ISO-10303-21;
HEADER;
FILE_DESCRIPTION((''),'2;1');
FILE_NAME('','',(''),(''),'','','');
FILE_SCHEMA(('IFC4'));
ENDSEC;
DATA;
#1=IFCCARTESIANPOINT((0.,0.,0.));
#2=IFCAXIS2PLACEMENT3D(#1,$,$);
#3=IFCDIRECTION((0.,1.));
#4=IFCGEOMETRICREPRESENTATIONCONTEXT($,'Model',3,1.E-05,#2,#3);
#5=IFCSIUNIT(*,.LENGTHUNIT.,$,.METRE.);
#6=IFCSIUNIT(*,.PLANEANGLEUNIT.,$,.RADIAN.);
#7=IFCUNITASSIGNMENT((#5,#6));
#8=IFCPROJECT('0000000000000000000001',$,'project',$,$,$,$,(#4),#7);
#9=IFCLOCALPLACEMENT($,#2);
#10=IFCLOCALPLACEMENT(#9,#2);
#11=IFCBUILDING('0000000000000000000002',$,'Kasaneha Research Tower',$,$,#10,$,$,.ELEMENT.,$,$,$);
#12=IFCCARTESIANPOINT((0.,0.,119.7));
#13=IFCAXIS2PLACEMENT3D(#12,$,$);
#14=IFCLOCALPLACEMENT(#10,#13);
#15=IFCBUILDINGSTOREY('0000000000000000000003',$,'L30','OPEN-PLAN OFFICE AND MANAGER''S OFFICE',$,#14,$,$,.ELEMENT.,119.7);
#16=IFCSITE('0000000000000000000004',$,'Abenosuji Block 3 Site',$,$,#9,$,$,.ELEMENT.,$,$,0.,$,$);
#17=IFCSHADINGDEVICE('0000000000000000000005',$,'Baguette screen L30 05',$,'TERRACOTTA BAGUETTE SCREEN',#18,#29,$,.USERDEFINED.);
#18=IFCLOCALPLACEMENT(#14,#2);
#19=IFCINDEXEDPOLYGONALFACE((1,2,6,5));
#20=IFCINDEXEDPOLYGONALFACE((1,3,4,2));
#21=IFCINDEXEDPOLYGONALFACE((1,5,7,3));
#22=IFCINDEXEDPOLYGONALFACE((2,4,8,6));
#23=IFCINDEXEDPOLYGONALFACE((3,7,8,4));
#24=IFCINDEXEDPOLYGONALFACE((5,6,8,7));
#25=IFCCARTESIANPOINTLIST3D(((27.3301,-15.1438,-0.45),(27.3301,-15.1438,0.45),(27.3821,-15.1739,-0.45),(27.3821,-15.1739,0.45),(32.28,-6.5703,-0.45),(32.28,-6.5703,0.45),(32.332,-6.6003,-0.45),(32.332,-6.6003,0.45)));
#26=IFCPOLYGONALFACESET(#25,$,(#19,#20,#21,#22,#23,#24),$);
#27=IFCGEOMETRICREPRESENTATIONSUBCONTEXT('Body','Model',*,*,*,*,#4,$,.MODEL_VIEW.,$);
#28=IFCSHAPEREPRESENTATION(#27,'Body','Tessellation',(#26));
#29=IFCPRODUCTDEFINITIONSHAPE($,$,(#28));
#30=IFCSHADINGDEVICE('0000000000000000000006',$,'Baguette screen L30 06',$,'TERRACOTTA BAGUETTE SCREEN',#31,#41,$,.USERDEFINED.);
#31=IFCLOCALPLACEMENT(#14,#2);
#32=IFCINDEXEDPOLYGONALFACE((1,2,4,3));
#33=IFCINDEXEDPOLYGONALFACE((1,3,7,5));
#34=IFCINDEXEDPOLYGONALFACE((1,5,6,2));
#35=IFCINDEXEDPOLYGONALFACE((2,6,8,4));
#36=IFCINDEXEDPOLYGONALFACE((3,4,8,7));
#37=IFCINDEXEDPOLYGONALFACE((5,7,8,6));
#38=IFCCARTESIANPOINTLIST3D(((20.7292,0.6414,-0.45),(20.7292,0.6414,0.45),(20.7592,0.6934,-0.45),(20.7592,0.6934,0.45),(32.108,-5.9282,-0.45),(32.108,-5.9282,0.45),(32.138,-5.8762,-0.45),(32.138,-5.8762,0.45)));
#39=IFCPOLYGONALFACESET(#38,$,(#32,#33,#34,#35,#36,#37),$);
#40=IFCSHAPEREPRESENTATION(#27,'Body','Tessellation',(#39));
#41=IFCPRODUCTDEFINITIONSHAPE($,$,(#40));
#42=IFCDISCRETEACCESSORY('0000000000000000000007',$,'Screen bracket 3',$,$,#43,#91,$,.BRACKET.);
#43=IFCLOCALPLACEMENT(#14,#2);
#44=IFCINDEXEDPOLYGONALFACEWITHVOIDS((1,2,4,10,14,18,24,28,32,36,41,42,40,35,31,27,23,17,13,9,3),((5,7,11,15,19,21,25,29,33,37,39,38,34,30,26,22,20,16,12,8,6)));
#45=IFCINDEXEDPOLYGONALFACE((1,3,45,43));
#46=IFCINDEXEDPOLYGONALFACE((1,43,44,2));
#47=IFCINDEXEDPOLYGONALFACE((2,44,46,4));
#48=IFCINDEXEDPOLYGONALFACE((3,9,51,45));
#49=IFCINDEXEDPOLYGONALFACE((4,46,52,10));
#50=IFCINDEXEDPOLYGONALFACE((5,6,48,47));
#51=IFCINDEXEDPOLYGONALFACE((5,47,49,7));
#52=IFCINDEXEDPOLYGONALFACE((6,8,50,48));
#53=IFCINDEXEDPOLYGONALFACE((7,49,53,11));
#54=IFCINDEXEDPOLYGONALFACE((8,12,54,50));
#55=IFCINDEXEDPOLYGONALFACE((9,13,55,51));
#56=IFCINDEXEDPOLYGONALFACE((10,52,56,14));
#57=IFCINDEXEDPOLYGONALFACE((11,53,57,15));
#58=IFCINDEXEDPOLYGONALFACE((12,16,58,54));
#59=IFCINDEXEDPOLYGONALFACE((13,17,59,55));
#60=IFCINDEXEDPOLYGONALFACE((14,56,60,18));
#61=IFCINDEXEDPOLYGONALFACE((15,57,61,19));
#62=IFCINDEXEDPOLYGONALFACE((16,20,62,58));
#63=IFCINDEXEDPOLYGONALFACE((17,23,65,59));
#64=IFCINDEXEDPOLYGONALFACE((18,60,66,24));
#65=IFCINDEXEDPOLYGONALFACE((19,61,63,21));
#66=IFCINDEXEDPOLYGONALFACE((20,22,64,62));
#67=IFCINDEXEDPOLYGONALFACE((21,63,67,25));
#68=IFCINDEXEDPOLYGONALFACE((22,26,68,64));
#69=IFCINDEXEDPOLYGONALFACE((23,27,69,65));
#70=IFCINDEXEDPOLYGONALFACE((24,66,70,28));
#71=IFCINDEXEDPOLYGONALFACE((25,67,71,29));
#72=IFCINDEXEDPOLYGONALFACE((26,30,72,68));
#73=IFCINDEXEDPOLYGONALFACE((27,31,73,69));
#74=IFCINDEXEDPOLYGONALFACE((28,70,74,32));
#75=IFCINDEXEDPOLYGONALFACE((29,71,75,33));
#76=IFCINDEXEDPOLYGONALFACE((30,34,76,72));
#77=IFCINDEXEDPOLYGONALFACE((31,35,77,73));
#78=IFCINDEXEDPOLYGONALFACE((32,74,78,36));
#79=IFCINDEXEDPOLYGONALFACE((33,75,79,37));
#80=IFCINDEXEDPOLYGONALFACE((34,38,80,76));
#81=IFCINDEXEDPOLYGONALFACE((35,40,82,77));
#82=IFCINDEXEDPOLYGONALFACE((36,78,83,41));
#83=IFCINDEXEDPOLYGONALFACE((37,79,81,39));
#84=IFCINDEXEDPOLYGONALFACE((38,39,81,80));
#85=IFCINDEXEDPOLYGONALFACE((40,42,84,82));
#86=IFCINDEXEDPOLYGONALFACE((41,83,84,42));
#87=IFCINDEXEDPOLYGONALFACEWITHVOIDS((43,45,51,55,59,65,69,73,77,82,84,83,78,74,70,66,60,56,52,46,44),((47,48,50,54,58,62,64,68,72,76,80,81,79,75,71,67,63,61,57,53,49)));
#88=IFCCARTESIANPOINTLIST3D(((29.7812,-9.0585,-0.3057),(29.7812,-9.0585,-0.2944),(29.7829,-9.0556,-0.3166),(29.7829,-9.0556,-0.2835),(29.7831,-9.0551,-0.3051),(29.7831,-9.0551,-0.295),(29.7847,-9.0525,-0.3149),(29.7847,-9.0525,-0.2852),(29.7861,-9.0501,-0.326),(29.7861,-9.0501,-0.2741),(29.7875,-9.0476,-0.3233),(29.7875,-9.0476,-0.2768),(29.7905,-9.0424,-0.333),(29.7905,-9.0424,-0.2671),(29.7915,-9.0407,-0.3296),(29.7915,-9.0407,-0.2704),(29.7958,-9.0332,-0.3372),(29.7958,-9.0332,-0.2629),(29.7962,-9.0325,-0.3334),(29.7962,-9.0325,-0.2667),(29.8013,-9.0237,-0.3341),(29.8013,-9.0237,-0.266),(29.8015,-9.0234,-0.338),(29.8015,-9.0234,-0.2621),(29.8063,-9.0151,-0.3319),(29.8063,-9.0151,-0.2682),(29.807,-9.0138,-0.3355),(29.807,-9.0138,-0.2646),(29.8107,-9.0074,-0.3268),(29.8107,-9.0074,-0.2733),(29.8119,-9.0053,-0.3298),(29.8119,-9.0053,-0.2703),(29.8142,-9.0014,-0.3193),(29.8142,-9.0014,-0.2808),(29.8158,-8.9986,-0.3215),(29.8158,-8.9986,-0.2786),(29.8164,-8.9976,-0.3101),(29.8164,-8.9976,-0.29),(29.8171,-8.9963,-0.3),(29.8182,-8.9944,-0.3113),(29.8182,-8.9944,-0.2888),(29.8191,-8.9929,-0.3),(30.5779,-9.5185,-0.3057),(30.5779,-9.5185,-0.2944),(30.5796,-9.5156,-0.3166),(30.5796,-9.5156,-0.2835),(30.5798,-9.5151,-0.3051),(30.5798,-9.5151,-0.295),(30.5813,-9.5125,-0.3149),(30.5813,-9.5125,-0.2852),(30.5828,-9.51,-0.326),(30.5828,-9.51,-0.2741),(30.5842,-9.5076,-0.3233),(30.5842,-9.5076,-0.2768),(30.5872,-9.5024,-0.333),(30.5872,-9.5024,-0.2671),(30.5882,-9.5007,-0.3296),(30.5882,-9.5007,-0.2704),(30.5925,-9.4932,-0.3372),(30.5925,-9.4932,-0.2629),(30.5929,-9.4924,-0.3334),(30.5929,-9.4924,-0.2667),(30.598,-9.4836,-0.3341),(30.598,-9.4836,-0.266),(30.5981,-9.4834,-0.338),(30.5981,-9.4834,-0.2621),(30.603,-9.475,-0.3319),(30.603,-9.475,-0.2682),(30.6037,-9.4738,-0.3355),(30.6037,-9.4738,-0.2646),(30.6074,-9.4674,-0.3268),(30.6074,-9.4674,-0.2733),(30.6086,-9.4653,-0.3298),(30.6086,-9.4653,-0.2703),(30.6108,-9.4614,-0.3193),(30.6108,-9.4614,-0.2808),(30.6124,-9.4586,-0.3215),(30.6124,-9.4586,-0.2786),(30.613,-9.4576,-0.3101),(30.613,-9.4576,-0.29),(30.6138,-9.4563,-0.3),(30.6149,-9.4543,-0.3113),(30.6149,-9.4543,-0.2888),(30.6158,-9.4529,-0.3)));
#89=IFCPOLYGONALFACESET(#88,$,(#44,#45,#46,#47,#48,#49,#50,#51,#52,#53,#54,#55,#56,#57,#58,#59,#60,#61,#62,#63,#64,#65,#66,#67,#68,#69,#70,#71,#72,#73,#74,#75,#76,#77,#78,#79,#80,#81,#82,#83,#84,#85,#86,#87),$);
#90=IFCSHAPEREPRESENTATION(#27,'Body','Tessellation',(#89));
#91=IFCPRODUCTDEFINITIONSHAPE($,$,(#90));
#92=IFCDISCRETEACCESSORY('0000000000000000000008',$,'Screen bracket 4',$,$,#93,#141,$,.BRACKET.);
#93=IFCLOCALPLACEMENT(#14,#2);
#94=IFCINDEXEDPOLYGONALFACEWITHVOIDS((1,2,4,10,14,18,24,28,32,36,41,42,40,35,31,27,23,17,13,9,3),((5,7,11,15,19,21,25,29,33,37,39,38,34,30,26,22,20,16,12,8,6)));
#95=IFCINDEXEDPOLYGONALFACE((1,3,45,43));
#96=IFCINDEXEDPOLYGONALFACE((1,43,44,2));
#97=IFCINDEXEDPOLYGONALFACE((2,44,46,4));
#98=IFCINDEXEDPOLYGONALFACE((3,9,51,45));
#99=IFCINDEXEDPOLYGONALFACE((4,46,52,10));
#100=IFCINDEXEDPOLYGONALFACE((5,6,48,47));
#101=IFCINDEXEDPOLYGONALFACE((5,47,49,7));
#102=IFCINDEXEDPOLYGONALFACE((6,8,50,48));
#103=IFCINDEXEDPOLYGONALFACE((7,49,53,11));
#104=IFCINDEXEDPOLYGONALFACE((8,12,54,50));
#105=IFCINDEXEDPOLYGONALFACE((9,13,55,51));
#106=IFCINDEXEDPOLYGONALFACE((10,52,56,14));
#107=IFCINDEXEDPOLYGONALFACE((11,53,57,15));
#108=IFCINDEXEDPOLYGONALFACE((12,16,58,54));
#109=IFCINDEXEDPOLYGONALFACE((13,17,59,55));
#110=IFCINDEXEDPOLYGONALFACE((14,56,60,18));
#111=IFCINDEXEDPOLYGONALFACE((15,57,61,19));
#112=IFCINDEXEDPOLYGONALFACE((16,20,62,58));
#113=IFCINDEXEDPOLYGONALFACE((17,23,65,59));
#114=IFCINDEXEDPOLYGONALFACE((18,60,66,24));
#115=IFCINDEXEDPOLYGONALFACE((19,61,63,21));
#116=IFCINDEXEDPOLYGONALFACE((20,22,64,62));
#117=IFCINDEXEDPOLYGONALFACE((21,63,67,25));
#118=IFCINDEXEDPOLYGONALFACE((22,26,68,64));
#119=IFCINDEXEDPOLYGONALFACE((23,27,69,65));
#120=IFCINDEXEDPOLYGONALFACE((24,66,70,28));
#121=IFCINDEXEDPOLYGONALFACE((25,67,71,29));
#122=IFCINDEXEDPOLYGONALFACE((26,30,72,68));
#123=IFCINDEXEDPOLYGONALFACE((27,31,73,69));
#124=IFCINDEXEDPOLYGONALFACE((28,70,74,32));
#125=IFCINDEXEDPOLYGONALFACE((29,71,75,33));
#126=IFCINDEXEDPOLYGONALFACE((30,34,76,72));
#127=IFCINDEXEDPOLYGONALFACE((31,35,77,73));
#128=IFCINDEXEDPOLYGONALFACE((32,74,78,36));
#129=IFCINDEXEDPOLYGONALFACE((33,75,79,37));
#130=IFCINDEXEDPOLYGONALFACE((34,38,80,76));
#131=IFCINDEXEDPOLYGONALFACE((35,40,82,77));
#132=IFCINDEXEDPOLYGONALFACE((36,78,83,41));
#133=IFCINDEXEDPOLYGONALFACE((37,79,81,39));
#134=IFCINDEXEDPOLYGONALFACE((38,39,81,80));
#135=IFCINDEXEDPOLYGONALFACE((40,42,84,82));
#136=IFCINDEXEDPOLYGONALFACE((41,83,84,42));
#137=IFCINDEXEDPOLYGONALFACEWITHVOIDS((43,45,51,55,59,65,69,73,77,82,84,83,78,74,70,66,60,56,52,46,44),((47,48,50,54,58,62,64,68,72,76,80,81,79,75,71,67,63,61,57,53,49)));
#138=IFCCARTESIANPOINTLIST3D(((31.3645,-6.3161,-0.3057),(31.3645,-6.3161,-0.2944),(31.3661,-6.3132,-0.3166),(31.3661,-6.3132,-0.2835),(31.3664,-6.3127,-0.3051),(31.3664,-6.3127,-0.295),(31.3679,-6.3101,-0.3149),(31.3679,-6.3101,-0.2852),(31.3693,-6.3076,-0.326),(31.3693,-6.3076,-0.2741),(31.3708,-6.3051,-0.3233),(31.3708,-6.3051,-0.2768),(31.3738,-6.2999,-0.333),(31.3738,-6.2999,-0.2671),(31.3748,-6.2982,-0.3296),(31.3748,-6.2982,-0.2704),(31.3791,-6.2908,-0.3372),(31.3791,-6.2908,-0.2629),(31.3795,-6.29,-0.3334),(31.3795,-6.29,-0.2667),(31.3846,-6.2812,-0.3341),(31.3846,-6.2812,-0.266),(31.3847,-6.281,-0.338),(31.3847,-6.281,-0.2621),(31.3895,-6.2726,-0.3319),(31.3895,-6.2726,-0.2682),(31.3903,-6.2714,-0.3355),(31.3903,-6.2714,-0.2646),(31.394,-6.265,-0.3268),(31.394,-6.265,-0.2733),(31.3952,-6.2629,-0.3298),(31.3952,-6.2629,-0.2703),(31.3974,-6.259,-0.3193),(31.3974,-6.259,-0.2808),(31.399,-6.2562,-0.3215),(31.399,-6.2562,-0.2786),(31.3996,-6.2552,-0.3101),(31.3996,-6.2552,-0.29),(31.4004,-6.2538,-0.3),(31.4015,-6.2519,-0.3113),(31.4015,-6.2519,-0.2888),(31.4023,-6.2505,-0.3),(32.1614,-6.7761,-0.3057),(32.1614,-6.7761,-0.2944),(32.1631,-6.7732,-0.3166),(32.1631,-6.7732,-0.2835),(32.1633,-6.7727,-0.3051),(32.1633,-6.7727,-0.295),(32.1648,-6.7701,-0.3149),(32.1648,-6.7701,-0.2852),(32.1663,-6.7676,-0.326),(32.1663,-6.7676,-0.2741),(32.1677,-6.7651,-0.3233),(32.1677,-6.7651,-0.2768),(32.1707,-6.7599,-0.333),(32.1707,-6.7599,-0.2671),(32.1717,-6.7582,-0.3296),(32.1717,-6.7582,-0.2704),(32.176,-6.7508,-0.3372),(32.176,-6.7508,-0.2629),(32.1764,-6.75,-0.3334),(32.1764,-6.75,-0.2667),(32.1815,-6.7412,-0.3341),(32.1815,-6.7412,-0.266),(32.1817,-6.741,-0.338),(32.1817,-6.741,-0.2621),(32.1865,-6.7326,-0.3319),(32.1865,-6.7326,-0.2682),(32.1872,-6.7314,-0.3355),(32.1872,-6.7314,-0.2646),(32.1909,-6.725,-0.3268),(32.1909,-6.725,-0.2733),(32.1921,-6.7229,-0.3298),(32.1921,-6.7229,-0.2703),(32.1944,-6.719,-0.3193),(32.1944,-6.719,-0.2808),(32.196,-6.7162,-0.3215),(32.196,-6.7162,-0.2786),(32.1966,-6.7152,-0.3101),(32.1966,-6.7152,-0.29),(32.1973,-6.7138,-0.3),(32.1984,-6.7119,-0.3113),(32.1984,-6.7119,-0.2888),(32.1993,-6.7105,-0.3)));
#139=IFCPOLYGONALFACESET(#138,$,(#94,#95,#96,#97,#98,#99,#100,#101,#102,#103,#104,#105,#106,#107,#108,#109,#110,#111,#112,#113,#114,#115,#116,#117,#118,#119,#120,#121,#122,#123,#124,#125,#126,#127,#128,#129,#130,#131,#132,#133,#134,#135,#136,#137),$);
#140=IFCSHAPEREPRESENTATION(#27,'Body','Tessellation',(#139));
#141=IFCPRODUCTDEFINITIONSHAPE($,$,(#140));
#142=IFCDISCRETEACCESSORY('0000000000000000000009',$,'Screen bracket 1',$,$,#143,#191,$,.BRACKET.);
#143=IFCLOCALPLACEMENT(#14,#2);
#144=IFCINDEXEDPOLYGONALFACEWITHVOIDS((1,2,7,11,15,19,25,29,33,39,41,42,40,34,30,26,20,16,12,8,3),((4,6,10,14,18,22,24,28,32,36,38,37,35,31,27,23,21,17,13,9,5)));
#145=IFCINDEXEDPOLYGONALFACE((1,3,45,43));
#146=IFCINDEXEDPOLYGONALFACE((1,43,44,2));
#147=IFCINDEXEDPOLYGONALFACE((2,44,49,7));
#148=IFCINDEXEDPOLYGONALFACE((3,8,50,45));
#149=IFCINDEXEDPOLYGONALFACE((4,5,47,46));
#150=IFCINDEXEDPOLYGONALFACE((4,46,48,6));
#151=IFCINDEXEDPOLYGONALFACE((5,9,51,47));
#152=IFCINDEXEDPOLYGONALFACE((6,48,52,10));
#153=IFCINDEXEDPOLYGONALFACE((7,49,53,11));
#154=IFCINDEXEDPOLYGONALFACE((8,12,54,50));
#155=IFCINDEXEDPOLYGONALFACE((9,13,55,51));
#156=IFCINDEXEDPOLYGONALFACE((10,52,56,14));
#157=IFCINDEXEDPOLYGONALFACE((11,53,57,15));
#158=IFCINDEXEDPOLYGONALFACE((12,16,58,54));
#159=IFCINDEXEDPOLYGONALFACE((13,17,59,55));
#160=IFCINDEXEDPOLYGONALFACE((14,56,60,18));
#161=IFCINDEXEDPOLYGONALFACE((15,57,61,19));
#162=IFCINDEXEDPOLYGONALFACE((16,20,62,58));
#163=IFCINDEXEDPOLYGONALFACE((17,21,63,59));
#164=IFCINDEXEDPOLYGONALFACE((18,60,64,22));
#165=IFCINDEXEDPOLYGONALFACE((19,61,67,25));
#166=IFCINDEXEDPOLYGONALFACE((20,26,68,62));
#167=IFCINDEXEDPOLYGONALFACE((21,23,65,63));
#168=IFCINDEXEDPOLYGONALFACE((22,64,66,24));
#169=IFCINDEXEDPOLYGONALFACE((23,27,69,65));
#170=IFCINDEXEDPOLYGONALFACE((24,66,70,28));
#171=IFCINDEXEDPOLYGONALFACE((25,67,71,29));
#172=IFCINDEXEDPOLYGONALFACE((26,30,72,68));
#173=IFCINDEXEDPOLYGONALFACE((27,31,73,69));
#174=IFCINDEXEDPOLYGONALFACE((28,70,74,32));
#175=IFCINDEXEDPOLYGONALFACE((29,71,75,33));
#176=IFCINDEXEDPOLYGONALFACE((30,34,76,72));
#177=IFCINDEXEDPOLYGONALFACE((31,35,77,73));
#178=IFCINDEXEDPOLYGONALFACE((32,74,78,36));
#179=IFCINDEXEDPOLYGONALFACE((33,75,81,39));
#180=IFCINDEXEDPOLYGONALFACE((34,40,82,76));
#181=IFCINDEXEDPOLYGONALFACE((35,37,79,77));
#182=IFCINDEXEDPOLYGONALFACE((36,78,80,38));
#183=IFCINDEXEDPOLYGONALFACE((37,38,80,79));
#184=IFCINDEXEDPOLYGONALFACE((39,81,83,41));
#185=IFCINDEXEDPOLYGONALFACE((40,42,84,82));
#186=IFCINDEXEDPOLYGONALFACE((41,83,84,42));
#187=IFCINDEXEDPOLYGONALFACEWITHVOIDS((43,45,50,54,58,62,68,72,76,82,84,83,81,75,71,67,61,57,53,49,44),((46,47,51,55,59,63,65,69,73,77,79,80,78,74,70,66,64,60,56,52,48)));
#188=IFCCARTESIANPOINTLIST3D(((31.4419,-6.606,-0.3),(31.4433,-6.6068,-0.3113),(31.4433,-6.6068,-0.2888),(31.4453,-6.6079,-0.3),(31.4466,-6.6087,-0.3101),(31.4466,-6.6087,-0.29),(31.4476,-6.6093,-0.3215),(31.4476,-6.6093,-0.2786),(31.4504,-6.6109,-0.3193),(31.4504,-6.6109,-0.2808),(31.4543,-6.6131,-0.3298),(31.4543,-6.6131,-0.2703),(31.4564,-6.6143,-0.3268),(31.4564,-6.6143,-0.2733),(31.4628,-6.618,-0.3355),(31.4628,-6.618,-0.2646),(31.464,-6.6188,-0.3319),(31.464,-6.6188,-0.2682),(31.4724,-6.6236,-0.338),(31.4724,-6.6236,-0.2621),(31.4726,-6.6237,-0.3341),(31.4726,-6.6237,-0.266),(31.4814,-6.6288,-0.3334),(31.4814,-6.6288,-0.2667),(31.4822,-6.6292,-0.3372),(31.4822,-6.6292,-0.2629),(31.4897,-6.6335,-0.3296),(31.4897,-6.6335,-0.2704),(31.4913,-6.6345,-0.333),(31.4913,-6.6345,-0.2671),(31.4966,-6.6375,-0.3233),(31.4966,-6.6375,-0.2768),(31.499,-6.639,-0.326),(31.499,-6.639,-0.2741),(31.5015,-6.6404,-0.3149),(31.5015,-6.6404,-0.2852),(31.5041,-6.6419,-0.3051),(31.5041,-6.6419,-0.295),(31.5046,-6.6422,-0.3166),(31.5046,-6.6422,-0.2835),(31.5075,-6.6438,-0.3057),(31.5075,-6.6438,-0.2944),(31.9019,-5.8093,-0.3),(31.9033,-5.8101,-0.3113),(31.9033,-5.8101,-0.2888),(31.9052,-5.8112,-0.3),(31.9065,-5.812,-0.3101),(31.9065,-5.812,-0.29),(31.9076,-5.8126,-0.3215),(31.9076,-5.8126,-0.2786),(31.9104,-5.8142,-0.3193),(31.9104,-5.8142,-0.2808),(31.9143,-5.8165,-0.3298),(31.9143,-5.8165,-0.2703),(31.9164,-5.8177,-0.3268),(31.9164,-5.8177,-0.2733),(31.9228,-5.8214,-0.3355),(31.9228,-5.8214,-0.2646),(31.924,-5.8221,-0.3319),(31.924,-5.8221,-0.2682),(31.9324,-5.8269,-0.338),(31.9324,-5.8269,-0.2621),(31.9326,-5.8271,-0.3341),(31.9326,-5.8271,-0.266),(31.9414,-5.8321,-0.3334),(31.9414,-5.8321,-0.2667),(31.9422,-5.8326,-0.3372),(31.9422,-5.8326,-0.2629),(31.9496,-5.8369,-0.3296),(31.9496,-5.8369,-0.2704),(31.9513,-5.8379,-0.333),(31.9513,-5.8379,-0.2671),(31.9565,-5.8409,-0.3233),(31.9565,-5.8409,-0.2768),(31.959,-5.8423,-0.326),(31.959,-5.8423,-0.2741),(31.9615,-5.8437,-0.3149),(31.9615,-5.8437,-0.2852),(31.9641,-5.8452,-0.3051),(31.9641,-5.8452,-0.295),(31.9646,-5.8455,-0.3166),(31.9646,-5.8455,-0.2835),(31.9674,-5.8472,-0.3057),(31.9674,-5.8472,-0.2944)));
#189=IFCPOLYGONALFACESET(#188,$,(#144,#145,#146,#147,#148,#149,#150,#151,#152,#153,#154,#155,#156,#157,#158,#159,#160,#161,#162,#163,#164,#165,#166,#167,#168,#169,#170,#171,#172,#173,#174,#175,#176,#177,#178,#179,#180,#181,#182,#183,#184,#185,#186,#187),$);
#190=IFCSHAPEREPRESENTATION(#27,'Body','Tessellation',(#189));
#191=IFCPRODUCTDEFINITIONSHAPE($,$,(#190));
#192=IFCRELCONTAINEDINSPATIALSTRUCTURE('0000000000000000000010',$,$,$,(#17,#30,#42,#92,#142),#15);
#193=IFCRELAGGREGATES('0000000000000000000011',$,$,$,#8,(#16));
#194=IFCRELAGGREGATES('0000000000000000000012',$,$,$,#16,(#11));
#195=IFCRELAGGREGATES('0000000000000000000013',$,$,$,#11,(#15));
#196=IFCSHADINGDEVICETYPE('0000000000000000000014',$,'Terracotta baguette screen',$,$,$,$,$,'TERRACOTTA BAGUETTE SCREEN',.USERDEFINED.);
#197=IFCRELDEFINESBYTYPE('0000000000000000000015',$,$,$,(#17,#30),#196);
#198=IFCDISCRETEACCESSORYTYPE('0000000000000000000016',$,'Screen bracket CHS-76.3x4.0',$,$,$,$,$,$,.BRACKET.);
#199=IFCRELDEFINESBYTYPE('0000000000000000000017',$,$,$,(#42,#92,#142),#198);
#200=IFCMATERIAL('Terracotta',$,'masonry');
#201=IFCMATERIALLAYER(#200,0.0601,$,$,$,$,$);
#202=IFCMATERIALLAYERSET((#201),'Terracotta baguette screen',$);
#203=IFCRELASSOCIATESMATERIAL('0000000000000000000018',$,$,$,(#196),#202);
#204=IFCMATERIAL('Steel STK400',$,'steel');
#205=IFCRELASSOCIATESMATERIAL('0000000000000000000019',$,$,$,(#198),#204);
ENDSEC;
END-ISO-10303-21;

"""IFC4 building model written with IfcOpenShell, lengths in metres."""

from ifc_helpers import new_model, si_unit, direction, frame, origin, origin_2d, place, context, subcontext, project, spatial, rectangle, hollow_circle, extrude, material, layer, layer_set, material_profile, profile_set, type_object, element, save


model = new_model("IFC4")

# Units and contexts
model_context = context("Model", 3, precision=1e-05, world=origin(), true_north=direction((0.0, 1.0)))
body_context = subcontext(model_context, "Body", "Model", "MODEL_VIEW")
ifc_project = project(units=[si_unit("LENGTHUNIT", "METRE"), si_unit("PLANEANGLEUNIT", "RADIAN")], contexts=[model_context])

# Site, building, storey
site_placement = place(None, origin())
site = spatial("IfcSite", under=ifc_project, at=site_placement, Name="Abenosuji Block 3 Site", CompositionType="ELEMENT", RefElevation=0.0)
building_placement = place(site_placement, origin())
building = spatial("IfcBuilding", under=site, at=building_placement, Name="Kasaneha Research Tower", CompositionType="ELEMENT")
storey_placement = place(building_placement, frame((0.0, 0.0, 119.7)))
storey = spatial("IfcBuildingStorey", under=building, at=storey_placement, Name="L30", Description="OPEN-PLAN OFFICE AND MANAGER'S OFFICE", CompositionType="ELEMENT", Elevation=119.7)

# Shading devices
ifc_material_1 = material(Name="Terracotta", Category="masonry")
ifc_layer_1 = layer(ifc_material_1, 0.0601)
ifc_layer_set_1 = layer_set([ifc_layer_1], Name="Terracotta baguette screen")
shading_device_type = type_object("IfcShadingDeviceType", Name="Terracotta baguette screen", ElementType="TERRACOTTA BAGUETTE SCREEN", PredefinedType="USERDEFINED", material=ifc_layer_set_1)
shading_device_1_placement = place(storey_placement, frame((29.8311, -10.8721, -0.45), z_axis=(0.0, 0.0, 1.0), x_axis=(0.5, 0.866025, 0.0)))
element("IfcShadingDevice", 1, at=shading_device_1_placement, inside=storey, type_object=shading_device_type, Name="Baguette screen L30 05", ObjectType="TERRACOTTA BAGUETTE SCREEN", PredefinedType="USERDEFINED", context=body_context, shape_type="SweptSolid", body=[
    extrude(rectangle(XDim=9.8999, YDim=0.0601, at=origin_2d()), origin(), (0.0, 0.0, 1.0), 0.8999),
])
shading_device_2_placement = place(storey_placement, frame((26.4336, -2.6174, -0.45), z_axis=(0.0, 0.0, 1.0), x_axis=(-0.866025, 0.5, 0.0)))
element("IfcShadingDevice", 2, at=shading_device_2_placement, inside=storey, type_object=shading_device_type, Name="Baguette screen L30 06", ObjectType="TERRACOTTA BAGUETTE SCREEN", PredefinedType="USERDEFINED", context=body_context, shape_type="SweptSolid", body=[
    extrude(rectangle(XDim=13.1392, YDim=0.0601, at=origin_2d()), origin(), (0.0, 0.0, 1.0), 0.8999),
])

# Discrete accessories
ifc_material_2 = material(Name="Steel STK400", Category="steel")
ifc_material_profile_1 = material_profile(ifc_material_2, hollow_circle(Radius=0.0381, WallThickness=0.0039, at=origin_2d()), Name="CHS-76.3x4.0")
ifc_profile_set_1 = profile_set([ifc_material_profile_1], Name="Steel STK400")
discrete_accessory_type = type_object("IfcDiscreteAccessoryType", Name="Screen bracket CHS-76.3x4.0", PredefinedType="BRACKET", material=ifc_profile_set_1)
discrete_accessory_1_placement = place(storey_placement, frame((29.8, -9.0259, -0.3), z_axis=(0.866013, -0.500021, 0.0), x_axis=(0.500021, 0.866013, 0.0)))
element("IfcDiscreteAccessory", 3, at=discrete_accessory_1_placement, inside=storey, type_object=discrete_accessory_type, Name="Screen bracket 3", PredefinedType="BRACKET", context=body_context, shape_type="SweptSolid", body=[
    extrude(hollow_circle(Radius=0.0381, WallThickness=0.0039, at=origin_2d()), origin(), (0.0, 0.0, 1.0), 0.9199),
])
discrete_accessory_2_placement = place(storey_placement, frame((31.3833, -6.2834, -0.3), z_axis=(0.86608, -0.499906, 0.0), x_axis=(0.499906, 0.86608, 0.0)))
element("IfcDiscreteAccessory", 4, at=discrete_accessory_2_placement, inside=storey, type_object=discrete_accessory_type, Name="Screen bracket 4", PredefinedType="BRACKET", context=body_context, shape_type="SweptSolid", body=[
    extrude(hollow_circle(Radius=0.0381, WallThickness=0.0039, at=origin_2d()), origin(), (0.0, 0.0, 1.0), 0.9202),
])
discrete_accessory_3_placement = place(storey_placement, frame((31.4749, -6.625, -0.3), z_axis=(0.500021, 0.866013, 0.0), x_axis=(-0.866013, 0.500021, 0.0)))
element("IfcDiscreteAccessory", 5, at=discrete_accessory_3_placement, inside=storey, type_object=discrete_accessory_type, Name="Screen bracket 1", PredefinedType="BRACKET", context=body_context, shape_type="SweptSolid", body=[
    extrude(hollow_circle(Radius=0.0381, WallThickness=0.0039, at=origin_2d()), origin(), (0.0, 0.0, 1.0), 0.9199),
])

save(model, "model.ifc")
